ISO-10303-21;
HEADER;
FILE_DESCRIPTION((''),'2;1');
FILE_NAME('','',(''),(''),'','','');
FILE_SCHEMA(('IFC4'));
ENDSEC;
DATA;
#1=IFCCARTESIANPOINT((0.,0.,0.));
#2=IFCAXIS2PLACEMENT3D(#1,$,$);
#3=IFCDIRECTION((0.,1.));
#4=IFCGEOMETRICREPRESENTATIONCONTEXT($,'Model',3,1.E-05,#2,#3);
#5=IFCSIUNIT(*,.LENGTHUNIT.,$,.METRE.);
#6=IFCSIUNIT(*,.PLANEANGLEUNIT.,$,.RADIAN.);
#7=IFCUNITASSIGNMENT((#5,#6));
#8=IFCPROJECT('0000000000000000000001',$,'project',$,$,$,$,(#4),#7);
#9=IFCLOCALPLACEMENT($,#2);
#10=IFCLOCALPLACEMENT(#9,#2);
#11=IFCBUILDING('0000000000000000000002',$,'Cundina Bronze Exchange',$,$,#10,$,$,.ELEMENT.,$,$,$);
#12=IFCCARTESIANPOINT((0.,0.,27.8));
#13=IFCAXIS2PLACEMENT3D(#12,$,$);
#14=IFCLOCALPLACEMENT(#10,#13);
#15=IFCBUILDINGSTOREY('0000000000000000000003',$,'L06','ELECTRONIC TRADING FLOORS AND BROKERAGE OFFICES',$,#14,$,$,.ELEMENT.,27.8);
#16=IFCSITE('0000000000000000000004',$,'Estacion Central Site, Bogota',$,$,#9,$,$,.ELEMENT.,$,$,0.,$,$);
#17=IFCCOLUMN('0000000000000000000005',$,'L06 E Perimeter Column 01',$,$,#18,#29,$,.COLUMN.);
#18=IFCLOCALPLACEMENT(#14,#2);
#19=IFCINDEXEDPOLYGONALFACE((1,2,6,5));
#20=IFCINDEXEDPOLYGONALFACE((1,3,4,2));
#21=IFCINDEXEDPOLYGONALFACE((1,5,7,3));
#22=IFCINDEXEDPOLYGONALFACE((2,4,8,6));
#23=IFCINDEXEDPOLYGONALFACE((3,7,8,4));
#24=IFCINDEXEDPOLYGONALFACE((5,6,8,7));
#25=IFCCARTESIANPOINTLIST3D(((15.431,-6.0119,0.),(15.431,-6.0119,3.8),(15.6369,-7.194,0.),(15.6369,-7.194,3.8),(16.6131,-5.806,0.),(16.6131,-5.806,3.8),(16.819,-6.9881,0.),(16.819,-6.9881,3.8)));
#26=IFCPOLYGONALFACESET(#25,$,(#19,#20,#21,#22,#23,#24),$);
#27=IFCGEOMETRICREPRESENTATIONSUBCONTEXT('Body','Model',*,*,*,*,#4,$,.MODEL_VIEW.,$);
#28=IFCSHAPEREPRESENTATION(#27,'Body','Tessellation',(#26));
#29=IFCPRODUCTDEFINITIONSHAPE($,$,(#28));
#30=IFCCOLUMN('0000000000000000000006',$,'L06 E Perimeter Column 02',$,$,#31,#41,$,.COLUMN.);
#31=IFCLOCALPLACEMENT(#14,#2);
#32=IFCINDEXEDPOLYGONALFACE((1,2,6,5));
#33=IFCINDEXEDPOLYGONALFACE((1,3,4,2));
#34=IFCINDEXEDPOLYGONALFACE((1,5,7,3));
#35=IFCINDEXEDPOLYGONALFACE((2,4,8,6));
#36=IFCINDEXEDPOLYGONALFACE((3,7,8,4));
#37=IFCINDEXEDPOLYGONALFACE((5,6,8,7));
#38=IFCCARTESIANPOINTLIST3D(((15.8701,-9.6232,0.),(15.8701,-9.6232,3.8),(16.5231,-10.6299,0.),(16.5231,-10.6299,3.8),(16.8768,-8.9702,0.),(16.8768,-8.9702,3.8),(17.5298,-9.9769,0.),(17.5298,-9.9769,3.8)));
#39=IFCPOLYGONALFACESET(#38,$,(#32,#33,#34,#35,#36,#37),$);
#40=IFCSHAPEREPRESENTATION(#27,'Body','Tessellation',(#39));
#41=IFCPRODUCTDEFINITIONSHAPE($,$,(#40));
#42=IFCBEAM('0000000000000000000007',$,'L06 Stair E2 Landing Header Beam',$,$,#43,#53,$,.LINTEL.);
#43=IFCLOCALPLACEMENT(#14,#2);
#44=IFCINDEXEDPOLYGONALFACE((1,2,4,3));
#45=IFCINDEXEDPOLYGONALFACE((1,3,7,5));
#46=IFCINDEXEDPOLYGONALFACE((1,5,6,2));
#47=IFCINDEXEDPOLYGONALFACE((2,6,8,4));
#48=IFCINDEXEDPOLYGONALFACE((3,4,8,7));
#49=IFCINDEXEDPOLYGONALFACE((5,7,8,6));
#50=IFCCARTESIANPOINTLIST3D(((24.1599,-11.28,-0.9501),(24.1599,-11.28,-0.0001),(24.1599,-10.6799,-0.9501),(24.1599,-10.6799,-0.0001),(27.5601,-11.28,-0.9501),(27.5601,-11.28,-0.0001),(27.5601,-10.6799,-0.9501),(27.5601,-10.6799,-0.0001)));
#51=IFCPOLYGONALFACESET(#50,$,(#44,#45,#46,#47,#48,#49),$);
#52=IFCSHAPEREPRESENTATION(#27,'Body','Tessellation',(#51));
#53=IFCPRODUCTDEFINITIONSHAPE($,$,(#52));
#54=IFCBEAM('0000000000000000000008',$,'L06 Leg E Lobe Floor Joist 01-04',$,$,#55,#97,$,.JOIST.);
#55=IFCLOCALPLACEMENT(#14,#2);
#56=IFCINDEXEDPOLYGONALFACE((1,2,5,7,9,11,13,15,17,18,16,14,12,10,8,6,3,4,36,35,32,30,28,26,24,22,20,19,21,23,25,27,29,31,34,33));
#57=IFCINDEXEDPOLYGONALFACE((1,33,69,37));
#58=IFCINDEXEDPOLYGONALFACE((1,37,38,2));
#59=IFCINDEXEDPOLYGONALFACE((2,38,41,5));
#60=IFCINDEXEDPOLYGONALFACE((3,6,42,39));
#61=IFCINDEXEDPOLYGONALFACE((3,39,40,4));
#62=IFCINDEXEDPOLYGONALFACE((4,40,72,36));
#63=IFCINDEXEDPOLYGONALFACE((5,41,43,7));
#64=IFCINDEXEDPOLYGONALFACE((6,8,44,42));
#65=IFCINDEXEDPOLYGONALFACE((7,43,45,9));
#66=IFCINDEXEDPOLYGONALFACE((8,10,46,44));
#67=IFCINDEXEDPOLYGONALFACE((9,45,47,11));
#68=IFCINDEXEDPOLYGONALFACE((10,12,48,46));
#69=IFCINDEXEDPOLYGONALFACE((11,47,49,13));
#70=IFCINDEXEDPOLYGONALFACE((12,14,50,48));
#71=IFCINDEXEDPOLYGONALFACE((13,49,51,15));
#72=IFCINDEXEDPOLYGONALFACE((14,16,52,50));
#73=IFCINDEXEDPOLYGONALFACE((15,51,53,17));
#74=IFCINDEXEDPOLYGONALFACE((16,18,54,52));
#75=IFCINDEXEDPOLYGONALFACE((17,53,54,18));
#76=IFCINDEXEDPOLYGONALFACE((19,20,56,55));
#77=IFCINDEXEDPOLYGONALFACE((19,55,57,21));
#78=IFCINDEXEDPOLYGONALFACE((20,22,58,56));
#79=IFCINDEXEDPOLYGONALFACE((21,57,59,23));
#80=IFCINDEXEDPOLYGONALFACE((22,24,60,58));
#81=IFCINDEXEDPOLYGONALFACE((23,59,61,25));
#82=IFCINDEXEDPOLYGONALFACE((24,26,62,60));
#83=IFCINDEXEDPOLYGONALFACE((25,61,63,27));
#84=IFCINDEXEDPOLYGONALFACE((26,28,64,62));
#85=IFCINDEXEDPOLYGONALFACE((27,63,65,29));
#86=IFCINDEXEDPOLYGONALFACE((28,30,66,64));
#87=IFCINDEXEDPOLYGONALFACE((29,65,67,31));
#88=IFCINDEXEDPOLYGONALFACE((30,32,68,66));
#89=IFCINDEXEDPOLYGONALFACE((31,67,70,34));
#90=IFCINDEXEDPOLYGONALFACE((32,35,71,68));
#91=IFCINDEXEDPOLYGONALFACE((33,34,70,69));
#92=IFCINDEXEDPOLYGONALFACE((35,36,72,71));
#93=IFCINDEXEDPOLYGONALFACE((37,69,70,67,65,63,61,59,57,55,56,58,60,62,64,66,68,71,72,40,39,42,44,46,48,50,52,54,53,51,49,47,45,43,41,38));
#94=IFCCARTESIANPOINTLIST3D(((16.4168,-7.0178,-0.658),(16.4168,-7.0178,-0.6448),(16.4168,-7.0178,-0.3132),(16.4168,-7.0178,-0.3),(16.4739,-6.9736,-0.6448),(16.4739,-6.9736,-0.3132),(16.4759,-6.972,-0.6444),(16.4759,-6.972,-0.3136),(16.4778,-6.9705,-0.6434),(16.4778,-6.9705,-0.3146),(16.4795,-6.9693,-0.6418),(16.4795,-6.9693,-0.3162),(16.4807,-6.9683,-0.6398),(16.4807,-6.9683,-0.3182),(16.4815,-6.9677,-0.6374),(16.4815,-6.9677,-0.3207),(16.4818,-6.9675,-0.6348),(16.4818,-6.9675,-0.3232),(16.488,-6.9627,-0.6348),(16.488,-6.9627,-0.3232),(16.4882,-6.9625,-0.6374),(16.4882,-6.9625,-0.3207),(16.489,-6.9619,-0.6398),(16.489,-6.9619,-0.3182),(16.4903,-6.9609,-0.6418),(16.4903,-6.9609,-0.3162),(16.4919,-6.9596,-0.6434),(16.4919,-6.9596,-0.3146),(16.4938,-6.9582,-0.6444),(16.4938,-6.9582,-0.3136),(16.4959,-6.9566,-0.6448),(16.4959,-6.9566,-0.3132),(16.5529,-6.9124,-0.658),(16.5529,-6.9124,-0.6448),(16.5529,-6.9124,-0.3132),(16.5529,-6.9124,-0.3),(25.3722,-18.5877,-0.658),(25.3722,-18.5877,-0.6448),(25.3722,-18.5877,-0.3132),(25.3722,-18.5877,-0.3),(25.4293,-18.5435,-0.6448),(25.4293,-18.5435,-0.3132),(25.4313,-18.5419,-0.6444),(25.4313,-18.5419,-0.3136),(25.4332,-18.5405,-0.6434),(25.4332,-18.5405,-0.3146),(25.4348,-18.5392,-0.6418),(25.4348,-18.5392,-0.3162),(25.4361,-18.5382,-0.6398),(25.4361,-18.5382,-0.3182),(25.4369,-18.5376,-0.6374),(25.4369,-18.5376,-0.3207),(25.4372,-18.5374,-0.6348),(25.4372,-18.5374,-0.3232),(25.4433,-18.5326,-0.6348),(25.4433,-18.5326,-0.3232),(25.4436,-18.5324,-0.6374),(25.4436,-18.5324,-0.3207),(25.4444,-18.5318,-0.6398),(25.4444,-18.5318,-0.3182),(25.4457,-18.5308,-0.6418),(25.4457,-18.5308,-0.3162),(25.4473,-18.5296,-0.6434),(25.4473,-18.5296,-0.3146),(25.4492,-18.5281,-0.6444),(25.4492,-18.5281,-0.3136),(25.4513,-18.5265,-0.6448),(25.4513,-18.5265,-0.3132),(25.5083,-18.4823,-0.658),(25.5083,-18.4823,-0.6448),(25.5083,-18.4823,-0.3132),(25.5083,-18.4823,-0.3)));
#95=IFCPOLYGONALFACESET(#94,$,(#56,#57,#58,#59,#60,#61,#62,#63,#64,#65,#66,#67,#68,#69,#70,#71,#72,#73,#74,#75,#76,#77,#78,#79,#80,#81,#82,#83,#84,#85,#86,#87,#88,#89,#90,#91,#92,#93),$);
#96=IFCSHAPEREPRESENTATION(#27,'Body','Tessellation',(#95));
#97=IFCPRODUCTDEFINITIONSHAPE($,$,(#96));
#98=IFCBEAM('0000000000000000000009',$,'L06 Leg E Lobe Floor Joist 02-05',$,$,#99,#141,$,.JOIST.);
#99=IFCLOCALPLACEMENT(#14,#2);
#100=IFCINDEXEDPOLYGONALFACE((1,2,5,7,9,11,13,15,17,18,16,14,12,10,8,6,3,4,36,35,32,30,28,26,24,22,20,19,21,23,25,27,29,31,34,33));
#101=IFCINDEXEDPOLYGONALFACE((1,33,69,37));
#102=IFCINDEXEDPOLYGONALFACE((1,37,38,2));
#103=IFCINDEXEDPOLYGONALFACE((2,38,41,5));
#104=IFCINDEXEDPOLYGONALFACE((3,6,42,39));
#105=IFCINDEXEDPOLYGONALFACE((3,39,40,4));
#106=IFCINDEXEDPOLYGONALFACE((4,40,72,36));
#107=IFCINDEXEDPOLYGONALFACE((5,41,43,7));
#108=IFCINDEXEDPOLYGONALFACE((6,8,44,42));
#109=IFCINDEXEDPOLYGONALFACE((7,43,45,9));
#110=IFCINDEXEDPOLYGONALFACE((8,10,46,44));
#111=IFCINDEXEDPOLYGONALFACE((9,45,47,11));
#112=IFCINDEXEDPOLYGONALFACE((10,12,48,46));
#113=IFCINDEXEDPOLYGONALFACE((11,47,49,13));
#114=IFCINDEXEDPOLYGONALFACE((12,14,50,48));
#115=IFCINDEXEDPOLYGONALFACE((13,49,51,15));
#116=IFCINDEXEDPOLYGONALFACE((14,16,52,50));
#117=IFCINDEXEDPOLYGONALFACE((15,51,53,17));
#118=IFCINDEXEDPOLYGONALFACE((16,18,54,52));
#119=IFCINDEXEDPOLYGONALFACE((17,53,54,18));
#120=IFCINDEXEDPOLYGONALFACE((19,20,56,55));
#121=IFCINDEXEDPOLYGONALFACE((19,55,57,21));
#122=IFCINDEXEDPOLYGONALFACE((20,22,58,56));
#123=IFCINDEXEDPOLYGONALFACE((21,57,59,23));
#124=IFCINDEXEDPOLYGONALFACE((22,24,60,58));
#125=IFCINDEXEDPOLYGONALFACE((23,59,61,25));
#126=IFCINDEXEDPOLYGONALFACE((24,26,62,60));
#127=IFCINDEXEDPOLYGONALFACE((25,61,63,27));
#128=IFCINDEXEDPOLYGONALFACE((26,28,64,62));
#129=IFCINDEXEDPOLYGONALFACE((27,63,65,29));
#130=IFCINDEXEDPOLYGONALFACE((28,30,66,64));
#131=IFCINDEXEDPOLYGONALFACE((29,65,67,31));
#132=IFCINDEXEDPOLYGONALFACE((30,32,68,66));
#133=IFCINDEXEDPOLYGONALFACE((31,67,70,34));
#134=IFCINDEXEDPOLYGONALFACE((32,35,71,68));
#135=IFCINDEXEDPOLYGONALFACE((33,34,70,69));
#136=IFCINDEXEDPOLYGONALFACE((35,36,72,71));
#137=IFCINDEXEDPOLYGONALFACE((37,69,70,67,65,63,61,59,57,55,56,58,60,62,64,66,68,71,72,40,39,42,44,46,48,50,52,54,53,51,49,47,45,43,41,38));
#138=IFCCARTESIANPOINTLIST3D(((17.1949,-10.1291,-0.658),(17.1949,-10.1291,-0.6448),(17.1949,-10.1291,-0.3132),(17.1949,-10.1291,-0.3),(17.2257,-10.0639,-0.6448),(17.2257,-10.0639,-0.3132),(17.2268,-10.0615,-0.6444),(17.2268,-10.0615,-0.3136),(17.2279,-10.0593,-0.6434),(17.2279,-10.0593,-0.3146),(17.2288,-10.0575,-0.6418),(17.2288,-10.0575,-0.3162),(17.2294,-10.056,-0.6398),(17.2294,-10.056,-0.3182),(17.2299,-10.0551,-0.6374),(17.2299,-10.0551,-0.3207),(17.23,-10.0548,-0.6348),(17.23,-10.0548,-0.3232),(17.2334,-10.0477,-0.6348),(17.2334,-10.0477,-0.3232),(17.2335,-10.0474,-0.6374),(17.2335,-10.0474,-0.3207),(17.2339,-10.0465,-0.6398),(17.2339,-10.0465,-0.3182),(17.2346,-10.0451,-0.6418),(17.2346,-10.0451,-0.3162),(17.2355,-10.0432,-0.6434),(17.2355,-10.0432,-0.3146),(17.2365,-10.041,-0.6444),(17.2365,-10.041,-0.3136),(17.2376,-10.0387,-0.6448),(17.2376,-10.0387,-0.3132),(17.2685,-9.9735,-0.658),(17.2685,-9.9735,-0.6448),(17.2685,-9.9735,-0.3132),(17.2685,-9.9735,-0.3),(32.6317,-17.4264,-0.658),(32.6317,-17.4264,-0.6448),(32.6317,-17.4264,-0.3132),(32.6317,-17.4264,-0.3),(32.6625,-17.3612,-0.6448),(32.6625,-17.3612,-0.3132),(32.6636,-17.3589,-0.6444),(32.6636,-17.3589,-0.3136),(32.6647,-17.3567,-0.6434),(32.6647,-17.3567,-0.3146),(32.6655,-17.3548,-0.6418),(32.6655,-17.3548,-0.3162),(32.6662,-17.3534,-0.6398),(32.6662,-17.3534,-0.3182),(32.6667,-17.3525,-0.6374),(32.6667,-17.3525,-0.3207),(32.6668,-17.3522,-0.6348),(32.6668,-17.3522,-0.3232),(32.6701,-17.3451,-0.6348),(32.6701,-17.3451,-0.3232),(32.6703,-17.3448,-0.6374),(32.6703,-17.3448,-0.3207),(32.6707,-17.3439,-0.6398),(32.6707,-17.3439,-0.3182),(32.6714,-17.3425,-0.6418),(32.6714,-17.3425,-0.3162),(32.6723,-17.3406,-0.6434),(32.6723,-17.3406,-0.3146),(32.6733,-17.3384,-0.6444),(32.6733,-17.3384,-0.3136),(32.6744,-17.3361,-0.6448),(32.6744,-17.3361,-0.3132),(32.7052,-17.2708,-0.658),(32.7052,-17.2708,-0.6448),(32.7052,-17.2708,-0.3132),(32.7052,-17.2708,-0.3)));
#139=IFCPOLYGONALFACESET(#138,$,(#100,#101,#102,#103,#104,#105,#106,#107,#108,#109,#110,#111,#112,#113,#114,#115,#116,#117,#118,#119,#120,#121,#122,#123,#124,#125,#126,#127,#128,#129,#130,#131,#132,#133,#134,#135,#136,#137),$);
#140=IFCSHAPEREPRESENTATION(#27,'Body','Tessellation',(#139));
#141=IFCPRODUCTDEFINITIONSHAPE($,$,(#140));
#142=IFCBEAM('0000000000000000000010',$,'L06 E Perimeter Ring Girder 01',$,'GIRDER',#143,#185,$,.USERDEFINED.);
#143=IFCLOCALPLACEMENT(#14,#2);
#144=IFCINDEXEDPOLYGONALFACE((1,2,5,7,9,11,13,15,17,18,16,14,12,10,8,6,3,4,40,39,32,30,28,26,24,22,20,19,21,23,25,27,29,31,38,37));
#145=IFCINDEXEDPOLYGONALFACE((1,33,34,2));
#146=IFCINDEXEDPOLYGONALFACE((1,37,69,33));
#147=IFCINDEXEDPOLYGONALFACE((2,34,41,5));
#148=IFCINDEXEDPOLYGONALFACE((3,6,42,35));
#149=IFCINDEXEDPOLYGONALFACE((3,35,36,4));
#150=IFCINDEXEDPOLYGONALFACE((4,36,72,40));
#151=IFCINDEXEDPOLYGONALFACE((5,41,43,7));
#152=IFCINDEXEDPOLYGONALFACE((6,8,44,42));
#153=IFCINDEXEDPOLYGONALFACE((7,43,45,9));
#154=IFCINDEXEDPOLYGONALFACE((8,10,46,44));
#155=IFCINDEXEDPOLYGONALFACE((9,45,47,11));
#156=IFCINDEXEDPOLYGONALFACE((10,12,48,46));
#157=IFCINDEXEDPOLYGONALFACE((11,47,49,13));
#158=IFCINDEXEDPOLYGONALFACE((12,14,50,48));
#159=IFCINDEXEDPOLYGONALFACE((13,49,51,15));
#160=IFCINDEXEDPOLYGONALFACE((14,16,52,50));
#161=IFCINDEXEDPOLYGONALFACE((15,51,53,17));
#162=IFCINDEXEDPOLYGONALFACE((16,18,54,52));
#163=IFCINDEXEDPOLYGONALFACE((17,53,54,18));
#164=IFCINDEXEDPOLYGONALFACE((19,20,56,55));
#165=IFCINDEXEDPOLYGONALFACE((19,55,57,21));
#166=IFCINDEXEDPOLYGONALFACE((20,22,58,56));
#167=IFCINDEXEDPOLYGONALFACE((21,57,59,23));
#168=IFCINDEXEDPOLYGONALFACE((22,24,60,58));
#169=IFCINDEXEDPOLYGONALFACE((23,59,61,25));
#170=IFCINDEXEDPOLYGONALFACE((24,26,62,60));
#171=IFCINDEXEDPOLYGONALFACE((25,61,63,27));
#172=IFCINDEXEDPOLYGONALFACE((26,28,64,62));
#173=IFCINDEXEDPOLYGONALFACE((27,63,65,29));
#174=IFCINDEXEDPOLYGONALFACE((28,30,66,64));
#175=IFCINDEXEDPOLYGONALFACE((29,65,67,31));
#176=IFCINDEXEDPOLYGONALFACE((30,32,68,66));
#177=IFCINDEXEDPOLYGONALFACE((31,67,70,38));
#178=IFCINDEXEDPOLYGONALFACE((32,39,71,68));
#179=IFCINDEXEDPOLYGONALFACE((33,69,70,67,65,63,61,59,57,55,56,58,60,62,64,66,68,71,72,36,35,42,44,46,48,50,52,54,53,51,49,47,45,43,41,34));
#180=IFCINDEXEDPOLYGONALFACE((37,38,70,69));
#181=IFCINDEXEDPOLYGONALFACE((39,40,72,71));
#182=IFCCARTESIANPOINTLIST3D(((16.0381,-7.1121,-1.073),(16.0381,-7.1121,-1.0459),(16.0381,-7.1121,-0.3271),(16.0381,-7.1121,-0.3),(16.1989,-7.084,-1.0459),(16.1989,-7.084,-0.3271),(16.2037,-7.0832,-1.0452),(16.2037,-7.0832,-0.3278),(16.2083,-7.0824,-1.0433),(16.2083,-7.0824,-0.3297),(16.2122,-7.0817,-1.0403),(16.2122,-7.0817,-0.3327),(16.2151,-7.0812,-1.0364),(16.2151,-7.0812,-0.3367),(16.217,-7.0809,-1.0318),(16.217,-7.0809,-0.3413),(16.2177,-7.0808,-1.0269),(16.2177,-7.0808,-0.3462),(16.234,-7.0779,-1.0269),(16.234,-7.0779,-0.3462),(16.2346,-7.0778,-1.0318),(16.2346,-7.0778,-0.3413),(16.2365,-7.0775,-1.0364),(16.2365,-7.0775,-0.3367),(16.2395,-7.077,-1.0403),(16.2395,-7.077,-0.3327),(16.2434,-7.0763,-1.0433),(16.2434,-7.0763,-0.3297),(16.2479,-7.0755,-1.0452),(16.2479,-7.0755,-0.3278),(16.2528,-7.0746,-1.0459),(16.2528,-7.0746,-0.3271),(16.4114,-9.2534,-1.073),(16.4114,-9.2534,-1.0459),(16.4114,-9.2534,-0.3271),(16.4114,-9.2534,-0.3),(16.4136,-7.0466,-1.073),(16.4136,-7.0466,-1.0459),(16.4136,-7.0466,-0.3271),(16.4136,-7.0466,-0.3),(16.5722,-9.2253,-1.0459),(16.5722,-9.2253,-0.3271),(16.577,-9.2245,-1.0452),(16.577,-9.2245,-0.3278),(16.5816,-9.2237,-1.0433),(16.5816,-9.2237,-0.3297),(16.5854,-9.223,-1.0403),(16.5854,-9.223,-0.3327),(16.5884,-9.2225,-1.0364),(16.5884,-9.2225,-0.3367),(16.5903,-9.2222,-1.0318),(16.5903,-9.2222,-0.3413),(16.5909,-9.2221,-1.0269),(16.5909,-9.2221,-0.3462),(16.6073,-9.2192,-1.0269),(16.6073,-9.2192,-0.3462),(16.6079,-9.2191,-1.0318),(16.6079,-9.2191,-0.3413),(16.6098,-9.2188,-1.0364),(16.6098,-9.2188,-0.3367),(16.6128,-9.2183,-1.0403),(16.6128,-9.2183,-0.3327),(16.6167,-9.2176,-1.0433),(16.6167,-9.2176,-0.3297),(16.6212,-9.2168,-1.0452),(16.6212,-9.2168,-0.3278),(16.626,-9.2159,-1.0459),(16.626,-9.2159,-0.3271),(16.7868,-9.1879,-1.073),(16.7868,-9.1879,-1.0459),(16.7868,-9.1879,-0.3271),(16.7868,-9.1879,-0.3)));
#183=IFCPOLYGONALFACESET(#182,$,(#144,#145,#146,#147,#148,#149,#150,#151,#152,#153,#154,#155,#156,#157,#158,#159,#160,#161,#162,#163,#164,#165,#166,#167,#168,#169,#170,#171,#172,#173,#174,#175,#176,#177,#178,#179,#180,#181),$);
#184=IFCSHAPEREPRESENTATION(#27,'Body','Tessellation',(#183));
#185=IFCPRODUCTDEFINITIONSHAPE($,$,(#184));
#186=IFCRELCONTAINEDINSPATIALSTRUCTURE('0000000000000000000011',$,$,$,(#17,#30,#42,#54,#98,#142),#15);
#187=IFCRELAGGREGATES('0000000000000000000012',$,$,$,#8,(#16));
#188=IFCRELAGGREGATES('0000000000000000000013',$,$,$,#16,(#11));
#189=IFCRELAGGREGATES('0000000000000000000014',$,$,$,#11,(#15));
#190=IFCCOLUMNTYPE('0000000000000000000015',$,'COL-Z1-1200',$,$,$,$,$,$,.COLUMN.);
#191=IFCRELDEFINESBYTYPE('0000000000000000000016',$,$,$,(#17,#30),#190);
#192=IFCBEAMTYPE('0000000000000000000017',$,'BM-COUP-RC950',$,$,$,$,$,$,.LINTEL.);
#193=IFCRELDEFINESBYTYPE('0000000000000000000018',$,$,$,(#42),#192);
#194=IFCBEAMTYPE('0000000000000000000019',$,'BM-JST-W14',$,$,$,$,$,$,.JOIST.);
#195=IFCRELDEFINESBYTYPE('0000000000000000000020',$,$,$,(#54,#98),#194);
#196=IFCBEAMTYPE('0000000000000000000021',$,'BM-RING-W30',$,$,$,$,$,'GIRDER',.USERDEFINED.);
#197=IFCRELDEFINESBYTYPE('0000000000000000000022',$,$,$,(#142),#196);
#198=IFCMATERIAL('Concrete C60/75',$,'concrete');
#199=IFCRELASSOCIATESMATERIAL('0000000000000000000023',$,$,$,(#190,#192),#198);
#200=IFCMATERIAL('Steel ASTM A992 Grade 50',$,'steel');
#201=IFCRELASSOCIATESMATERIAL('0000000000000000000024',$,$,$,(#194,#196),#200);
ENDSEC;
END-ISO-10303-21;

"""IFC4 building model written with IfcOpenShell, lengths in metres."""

from ifc_helpers import new_model, si_unit, direction, frame, origin, origin_2d, place, context, subcontext, project, spatial, rectangle, i_section, extrude, material, material_profile, profile_set, type_object, element, save


model = new_model("IFC4")

# Units and contexts
model_context = context("Model", 3, precision=1e-05, world=origin(), true_north=direction((0.0, 1.0)))
body_context = subcontext(model_context, "Body", "Model", "MODEL_VIEW")
ifc_project = project(units=[si_unit("LENGTHUNIT", "METRE"), si_unit("PLANEANGLEUNIT", "RADIAN")], contexts=[model_context])

# Site, building, storey
site_placement = place(None, origin())
site = spatial("IfcSite", under=ifc_project, at=site_placement, Name="Estacion Central Site, Bogota", CompositionType="ELEMENT", RefElevation=0.0)
building_placement = place(site_placement, origin())
building = spatial("IfcBuilding", under=site, at=building_placement, Name="Cundina Bronze Exchange", CompositionType="ELEMENT")
storey_placement = place(building_placement, frame((0.0, 0.0, 27.8)))
storey = spatial("IfcBuildingStorey", under=building, at=storey_placement, Name="L06", Description="ELECTRONIC TRADING FLOORS AND BROKERAGE OFFICES", CompositionType="ELEMENT", Elevation=27.8)

# Columns
ifc_material_1 = material(Name="Concrete C60/75", Category="concrete")
ifc_material_profile_1 = material_profile(ifc_material_1, rectangle(XDim=1.2, YDim=1.2, at=origin_2d()), Name="RC1200X1200", Category="concrete")
ifc_profile_set_1 = profile_set([ifc_material_profile_1], Name="Concrete C60/75")
column_type = type_object("IfcColumnType", Name="COL-Z1-1200", PredefinedType="COLUMN", material=ifc_profile_set_1)
for number, where, z_axis, x_axis, name in (
    (1, (16.125, -6.5, 0.0), (0.0, 0.0, 1.0), (0.171585, -0.985169, 0.0), "L06 E Perimeter Column 01"),
    (2, (16.7, -9.8, 0.0), (0.0, 0.0, 1.0), (0.5442, -0.838956, 0.0), "L06 E Perimeter Column 02"),
):
    element("IfcColumn", number, at=place(storey_placement, frame(where, z_axis=z_axis, x_axis=x_axis)), inside=storey, type_object=column_type, Name=name, PredefinedType="COLUMN", context=body_context, shape_type="SweptSolid", body=[
        extrude(rectangle(XDim=1.2, YDim=1.2, at=origin_2d()), origin(), (0.0, 0.0, 1.0), 3.8),
    ])

# Beams
ifc_material_profile_2 = material_profile(ifc_material_1, rectangle(XDim=0.6001, YDim=0.95, at=origin_2d()), Name="RC600X950", Category="concrete")
ifc_profile_set_2 = profile_set([ifc_material_profile_2], Name="Concrete C60/75")
beam_type_1 = type_object("IfcBeamType", Name="BM-COUP-RC950", PredefinedType="LINTEL", material=ifc_profile_set_2)
beam_1_placement = place(storey_placement, frame((24.1599, -10.98, -0.4751), z_axis=(1.0, 0.0, 0.0), x_axis=(0.0, 1.0, 0.0)))
element("IfcBeam", 3, at=beam_1_placement, inside=storey, type_object=beam_type_1, Name="L06 Stair E2 Landing Header Beam", PredefinedType="LINTEL", context=body_context, shape_type="SweptSolid", body=[
    extrude(rectangle(XDim=0.6001, YDim=0.95, at=origin_2d()), origin(), (0.0, 0.0, 1.0), 3.4001),
])
ifc_material_2 = material(Name="Steel ASTM A992 Grade 50", Category="steel")
ifc_material_profile_3 = material_profile(ifc_material_2, i_section(OverallWidth=0.1721, OverallDepth=0.3579, WebThickness=0.0078, FlangeThickness=0.0132, FilletRadius=0.01, at=origin_2d()), Name="W14X38", Category="steel")
ifc_profile_set_3 = profile_set([ifc_material_profile_3], Name="Steel ASTM A992 Grade 50")
beam_type_2 = type_object("IfcBeamType", Name="BM-JST-W14", PredefinedType="JOIST", material=ifc_profile_set_3)
beam_2_placement = place(storey_placement, frame((16.4849, -6.9651, -0.479), z_axis=(0.612089, -0.790789, 0.0), x_axis=(0.790789, 0.612089, 0.0)))
element("IfcBeam", 4, at=beam_2_placement, inside=storey, type_object=beam_type_2, Name="L06 Leg E Lobe Floor Joist 01-04", PredefinedType="JOIST", context=body_context, shape_type="SweptSolid", body=[
    extrude(i_section(OverallWidth=0.1721, OverallDepth=0.3579, WebThickness=0.0078, FlangeThickness=0.0132, FilletRadius=0.01, at=origin_2d()), origin(), (0.0, 0.0, 1.0), 14.6309),
])
beam_3_placement = place(storey_placement, frame((17.2317, -10.0513, -0.479), z_axis=(0.904073, -0.427379, 0.0), x_axis=(0.427379, 0.904073, 0.0)))
element("IfcBeam", 5, at=beam_3_placement, inside=storey, type_object=beam_type_2, Name="L06 Leg E Lobe Floor Joist 02-05", PredefinedType="JOIST", context=body_context, shape_type="SweptSolid", body=[
    extrude(i_section(OverallWidth=0.1721, OverallDepth=0.3579, WebThickness=0.0078, FlangeThickness=0.0132, FilletRadius=0.01, at=origin_2d()), origin(), (0.0, 0.0, 1.0), 17.0747),
])
ifc_material_profile_4 = material_profile(ifc_material_2, i_section(OverallWidth=0.3811, OverallDepth=0.7729, WebThickness=0.0166, FlangeThickness=0.0271, FilletRadius=0.019, at=origin_2d()), Name="W30X173", Category="steel")
ifc_profile_set_4 = profile_set([ifc_material_profile_4], Name="Steel ASTM A992 Grade 50")
beam_type_3 = type_object("IfcBeamType", Name="BM-RING-W30", ElementType="GIRDER", PredefinedType="USERDEFINED", material=ifc_profile_set_4)
beam_4_placement = place(storey_placement, frame((16.2258, -7.0793, -0.6865), z_axis=(0.171735, -0.985143, 0.0), x_axis=(0.985143, 0.171735, 0.0)))
element("IfcBeam", 6, at=beam_4_placement, inside=storey, type_object=beam_type_3, Name="L06 E Perimeter Ring Girder 01", ObjectType="GIRDER", PredefinedType="USERDEFINED", context=body_context, shape_type="SweptSolid", body=[
    extrude(i_section(OverallWidth=0.3811, OverallDepth=0.7729, WebThickness=0.0166, FlangeThickness=0.0271, FilletRadius=0.019, at=origin_2d()), origin(), (0.0, 0.0, 1.0), 2.1736),
])

save(model, "model.ifc")
